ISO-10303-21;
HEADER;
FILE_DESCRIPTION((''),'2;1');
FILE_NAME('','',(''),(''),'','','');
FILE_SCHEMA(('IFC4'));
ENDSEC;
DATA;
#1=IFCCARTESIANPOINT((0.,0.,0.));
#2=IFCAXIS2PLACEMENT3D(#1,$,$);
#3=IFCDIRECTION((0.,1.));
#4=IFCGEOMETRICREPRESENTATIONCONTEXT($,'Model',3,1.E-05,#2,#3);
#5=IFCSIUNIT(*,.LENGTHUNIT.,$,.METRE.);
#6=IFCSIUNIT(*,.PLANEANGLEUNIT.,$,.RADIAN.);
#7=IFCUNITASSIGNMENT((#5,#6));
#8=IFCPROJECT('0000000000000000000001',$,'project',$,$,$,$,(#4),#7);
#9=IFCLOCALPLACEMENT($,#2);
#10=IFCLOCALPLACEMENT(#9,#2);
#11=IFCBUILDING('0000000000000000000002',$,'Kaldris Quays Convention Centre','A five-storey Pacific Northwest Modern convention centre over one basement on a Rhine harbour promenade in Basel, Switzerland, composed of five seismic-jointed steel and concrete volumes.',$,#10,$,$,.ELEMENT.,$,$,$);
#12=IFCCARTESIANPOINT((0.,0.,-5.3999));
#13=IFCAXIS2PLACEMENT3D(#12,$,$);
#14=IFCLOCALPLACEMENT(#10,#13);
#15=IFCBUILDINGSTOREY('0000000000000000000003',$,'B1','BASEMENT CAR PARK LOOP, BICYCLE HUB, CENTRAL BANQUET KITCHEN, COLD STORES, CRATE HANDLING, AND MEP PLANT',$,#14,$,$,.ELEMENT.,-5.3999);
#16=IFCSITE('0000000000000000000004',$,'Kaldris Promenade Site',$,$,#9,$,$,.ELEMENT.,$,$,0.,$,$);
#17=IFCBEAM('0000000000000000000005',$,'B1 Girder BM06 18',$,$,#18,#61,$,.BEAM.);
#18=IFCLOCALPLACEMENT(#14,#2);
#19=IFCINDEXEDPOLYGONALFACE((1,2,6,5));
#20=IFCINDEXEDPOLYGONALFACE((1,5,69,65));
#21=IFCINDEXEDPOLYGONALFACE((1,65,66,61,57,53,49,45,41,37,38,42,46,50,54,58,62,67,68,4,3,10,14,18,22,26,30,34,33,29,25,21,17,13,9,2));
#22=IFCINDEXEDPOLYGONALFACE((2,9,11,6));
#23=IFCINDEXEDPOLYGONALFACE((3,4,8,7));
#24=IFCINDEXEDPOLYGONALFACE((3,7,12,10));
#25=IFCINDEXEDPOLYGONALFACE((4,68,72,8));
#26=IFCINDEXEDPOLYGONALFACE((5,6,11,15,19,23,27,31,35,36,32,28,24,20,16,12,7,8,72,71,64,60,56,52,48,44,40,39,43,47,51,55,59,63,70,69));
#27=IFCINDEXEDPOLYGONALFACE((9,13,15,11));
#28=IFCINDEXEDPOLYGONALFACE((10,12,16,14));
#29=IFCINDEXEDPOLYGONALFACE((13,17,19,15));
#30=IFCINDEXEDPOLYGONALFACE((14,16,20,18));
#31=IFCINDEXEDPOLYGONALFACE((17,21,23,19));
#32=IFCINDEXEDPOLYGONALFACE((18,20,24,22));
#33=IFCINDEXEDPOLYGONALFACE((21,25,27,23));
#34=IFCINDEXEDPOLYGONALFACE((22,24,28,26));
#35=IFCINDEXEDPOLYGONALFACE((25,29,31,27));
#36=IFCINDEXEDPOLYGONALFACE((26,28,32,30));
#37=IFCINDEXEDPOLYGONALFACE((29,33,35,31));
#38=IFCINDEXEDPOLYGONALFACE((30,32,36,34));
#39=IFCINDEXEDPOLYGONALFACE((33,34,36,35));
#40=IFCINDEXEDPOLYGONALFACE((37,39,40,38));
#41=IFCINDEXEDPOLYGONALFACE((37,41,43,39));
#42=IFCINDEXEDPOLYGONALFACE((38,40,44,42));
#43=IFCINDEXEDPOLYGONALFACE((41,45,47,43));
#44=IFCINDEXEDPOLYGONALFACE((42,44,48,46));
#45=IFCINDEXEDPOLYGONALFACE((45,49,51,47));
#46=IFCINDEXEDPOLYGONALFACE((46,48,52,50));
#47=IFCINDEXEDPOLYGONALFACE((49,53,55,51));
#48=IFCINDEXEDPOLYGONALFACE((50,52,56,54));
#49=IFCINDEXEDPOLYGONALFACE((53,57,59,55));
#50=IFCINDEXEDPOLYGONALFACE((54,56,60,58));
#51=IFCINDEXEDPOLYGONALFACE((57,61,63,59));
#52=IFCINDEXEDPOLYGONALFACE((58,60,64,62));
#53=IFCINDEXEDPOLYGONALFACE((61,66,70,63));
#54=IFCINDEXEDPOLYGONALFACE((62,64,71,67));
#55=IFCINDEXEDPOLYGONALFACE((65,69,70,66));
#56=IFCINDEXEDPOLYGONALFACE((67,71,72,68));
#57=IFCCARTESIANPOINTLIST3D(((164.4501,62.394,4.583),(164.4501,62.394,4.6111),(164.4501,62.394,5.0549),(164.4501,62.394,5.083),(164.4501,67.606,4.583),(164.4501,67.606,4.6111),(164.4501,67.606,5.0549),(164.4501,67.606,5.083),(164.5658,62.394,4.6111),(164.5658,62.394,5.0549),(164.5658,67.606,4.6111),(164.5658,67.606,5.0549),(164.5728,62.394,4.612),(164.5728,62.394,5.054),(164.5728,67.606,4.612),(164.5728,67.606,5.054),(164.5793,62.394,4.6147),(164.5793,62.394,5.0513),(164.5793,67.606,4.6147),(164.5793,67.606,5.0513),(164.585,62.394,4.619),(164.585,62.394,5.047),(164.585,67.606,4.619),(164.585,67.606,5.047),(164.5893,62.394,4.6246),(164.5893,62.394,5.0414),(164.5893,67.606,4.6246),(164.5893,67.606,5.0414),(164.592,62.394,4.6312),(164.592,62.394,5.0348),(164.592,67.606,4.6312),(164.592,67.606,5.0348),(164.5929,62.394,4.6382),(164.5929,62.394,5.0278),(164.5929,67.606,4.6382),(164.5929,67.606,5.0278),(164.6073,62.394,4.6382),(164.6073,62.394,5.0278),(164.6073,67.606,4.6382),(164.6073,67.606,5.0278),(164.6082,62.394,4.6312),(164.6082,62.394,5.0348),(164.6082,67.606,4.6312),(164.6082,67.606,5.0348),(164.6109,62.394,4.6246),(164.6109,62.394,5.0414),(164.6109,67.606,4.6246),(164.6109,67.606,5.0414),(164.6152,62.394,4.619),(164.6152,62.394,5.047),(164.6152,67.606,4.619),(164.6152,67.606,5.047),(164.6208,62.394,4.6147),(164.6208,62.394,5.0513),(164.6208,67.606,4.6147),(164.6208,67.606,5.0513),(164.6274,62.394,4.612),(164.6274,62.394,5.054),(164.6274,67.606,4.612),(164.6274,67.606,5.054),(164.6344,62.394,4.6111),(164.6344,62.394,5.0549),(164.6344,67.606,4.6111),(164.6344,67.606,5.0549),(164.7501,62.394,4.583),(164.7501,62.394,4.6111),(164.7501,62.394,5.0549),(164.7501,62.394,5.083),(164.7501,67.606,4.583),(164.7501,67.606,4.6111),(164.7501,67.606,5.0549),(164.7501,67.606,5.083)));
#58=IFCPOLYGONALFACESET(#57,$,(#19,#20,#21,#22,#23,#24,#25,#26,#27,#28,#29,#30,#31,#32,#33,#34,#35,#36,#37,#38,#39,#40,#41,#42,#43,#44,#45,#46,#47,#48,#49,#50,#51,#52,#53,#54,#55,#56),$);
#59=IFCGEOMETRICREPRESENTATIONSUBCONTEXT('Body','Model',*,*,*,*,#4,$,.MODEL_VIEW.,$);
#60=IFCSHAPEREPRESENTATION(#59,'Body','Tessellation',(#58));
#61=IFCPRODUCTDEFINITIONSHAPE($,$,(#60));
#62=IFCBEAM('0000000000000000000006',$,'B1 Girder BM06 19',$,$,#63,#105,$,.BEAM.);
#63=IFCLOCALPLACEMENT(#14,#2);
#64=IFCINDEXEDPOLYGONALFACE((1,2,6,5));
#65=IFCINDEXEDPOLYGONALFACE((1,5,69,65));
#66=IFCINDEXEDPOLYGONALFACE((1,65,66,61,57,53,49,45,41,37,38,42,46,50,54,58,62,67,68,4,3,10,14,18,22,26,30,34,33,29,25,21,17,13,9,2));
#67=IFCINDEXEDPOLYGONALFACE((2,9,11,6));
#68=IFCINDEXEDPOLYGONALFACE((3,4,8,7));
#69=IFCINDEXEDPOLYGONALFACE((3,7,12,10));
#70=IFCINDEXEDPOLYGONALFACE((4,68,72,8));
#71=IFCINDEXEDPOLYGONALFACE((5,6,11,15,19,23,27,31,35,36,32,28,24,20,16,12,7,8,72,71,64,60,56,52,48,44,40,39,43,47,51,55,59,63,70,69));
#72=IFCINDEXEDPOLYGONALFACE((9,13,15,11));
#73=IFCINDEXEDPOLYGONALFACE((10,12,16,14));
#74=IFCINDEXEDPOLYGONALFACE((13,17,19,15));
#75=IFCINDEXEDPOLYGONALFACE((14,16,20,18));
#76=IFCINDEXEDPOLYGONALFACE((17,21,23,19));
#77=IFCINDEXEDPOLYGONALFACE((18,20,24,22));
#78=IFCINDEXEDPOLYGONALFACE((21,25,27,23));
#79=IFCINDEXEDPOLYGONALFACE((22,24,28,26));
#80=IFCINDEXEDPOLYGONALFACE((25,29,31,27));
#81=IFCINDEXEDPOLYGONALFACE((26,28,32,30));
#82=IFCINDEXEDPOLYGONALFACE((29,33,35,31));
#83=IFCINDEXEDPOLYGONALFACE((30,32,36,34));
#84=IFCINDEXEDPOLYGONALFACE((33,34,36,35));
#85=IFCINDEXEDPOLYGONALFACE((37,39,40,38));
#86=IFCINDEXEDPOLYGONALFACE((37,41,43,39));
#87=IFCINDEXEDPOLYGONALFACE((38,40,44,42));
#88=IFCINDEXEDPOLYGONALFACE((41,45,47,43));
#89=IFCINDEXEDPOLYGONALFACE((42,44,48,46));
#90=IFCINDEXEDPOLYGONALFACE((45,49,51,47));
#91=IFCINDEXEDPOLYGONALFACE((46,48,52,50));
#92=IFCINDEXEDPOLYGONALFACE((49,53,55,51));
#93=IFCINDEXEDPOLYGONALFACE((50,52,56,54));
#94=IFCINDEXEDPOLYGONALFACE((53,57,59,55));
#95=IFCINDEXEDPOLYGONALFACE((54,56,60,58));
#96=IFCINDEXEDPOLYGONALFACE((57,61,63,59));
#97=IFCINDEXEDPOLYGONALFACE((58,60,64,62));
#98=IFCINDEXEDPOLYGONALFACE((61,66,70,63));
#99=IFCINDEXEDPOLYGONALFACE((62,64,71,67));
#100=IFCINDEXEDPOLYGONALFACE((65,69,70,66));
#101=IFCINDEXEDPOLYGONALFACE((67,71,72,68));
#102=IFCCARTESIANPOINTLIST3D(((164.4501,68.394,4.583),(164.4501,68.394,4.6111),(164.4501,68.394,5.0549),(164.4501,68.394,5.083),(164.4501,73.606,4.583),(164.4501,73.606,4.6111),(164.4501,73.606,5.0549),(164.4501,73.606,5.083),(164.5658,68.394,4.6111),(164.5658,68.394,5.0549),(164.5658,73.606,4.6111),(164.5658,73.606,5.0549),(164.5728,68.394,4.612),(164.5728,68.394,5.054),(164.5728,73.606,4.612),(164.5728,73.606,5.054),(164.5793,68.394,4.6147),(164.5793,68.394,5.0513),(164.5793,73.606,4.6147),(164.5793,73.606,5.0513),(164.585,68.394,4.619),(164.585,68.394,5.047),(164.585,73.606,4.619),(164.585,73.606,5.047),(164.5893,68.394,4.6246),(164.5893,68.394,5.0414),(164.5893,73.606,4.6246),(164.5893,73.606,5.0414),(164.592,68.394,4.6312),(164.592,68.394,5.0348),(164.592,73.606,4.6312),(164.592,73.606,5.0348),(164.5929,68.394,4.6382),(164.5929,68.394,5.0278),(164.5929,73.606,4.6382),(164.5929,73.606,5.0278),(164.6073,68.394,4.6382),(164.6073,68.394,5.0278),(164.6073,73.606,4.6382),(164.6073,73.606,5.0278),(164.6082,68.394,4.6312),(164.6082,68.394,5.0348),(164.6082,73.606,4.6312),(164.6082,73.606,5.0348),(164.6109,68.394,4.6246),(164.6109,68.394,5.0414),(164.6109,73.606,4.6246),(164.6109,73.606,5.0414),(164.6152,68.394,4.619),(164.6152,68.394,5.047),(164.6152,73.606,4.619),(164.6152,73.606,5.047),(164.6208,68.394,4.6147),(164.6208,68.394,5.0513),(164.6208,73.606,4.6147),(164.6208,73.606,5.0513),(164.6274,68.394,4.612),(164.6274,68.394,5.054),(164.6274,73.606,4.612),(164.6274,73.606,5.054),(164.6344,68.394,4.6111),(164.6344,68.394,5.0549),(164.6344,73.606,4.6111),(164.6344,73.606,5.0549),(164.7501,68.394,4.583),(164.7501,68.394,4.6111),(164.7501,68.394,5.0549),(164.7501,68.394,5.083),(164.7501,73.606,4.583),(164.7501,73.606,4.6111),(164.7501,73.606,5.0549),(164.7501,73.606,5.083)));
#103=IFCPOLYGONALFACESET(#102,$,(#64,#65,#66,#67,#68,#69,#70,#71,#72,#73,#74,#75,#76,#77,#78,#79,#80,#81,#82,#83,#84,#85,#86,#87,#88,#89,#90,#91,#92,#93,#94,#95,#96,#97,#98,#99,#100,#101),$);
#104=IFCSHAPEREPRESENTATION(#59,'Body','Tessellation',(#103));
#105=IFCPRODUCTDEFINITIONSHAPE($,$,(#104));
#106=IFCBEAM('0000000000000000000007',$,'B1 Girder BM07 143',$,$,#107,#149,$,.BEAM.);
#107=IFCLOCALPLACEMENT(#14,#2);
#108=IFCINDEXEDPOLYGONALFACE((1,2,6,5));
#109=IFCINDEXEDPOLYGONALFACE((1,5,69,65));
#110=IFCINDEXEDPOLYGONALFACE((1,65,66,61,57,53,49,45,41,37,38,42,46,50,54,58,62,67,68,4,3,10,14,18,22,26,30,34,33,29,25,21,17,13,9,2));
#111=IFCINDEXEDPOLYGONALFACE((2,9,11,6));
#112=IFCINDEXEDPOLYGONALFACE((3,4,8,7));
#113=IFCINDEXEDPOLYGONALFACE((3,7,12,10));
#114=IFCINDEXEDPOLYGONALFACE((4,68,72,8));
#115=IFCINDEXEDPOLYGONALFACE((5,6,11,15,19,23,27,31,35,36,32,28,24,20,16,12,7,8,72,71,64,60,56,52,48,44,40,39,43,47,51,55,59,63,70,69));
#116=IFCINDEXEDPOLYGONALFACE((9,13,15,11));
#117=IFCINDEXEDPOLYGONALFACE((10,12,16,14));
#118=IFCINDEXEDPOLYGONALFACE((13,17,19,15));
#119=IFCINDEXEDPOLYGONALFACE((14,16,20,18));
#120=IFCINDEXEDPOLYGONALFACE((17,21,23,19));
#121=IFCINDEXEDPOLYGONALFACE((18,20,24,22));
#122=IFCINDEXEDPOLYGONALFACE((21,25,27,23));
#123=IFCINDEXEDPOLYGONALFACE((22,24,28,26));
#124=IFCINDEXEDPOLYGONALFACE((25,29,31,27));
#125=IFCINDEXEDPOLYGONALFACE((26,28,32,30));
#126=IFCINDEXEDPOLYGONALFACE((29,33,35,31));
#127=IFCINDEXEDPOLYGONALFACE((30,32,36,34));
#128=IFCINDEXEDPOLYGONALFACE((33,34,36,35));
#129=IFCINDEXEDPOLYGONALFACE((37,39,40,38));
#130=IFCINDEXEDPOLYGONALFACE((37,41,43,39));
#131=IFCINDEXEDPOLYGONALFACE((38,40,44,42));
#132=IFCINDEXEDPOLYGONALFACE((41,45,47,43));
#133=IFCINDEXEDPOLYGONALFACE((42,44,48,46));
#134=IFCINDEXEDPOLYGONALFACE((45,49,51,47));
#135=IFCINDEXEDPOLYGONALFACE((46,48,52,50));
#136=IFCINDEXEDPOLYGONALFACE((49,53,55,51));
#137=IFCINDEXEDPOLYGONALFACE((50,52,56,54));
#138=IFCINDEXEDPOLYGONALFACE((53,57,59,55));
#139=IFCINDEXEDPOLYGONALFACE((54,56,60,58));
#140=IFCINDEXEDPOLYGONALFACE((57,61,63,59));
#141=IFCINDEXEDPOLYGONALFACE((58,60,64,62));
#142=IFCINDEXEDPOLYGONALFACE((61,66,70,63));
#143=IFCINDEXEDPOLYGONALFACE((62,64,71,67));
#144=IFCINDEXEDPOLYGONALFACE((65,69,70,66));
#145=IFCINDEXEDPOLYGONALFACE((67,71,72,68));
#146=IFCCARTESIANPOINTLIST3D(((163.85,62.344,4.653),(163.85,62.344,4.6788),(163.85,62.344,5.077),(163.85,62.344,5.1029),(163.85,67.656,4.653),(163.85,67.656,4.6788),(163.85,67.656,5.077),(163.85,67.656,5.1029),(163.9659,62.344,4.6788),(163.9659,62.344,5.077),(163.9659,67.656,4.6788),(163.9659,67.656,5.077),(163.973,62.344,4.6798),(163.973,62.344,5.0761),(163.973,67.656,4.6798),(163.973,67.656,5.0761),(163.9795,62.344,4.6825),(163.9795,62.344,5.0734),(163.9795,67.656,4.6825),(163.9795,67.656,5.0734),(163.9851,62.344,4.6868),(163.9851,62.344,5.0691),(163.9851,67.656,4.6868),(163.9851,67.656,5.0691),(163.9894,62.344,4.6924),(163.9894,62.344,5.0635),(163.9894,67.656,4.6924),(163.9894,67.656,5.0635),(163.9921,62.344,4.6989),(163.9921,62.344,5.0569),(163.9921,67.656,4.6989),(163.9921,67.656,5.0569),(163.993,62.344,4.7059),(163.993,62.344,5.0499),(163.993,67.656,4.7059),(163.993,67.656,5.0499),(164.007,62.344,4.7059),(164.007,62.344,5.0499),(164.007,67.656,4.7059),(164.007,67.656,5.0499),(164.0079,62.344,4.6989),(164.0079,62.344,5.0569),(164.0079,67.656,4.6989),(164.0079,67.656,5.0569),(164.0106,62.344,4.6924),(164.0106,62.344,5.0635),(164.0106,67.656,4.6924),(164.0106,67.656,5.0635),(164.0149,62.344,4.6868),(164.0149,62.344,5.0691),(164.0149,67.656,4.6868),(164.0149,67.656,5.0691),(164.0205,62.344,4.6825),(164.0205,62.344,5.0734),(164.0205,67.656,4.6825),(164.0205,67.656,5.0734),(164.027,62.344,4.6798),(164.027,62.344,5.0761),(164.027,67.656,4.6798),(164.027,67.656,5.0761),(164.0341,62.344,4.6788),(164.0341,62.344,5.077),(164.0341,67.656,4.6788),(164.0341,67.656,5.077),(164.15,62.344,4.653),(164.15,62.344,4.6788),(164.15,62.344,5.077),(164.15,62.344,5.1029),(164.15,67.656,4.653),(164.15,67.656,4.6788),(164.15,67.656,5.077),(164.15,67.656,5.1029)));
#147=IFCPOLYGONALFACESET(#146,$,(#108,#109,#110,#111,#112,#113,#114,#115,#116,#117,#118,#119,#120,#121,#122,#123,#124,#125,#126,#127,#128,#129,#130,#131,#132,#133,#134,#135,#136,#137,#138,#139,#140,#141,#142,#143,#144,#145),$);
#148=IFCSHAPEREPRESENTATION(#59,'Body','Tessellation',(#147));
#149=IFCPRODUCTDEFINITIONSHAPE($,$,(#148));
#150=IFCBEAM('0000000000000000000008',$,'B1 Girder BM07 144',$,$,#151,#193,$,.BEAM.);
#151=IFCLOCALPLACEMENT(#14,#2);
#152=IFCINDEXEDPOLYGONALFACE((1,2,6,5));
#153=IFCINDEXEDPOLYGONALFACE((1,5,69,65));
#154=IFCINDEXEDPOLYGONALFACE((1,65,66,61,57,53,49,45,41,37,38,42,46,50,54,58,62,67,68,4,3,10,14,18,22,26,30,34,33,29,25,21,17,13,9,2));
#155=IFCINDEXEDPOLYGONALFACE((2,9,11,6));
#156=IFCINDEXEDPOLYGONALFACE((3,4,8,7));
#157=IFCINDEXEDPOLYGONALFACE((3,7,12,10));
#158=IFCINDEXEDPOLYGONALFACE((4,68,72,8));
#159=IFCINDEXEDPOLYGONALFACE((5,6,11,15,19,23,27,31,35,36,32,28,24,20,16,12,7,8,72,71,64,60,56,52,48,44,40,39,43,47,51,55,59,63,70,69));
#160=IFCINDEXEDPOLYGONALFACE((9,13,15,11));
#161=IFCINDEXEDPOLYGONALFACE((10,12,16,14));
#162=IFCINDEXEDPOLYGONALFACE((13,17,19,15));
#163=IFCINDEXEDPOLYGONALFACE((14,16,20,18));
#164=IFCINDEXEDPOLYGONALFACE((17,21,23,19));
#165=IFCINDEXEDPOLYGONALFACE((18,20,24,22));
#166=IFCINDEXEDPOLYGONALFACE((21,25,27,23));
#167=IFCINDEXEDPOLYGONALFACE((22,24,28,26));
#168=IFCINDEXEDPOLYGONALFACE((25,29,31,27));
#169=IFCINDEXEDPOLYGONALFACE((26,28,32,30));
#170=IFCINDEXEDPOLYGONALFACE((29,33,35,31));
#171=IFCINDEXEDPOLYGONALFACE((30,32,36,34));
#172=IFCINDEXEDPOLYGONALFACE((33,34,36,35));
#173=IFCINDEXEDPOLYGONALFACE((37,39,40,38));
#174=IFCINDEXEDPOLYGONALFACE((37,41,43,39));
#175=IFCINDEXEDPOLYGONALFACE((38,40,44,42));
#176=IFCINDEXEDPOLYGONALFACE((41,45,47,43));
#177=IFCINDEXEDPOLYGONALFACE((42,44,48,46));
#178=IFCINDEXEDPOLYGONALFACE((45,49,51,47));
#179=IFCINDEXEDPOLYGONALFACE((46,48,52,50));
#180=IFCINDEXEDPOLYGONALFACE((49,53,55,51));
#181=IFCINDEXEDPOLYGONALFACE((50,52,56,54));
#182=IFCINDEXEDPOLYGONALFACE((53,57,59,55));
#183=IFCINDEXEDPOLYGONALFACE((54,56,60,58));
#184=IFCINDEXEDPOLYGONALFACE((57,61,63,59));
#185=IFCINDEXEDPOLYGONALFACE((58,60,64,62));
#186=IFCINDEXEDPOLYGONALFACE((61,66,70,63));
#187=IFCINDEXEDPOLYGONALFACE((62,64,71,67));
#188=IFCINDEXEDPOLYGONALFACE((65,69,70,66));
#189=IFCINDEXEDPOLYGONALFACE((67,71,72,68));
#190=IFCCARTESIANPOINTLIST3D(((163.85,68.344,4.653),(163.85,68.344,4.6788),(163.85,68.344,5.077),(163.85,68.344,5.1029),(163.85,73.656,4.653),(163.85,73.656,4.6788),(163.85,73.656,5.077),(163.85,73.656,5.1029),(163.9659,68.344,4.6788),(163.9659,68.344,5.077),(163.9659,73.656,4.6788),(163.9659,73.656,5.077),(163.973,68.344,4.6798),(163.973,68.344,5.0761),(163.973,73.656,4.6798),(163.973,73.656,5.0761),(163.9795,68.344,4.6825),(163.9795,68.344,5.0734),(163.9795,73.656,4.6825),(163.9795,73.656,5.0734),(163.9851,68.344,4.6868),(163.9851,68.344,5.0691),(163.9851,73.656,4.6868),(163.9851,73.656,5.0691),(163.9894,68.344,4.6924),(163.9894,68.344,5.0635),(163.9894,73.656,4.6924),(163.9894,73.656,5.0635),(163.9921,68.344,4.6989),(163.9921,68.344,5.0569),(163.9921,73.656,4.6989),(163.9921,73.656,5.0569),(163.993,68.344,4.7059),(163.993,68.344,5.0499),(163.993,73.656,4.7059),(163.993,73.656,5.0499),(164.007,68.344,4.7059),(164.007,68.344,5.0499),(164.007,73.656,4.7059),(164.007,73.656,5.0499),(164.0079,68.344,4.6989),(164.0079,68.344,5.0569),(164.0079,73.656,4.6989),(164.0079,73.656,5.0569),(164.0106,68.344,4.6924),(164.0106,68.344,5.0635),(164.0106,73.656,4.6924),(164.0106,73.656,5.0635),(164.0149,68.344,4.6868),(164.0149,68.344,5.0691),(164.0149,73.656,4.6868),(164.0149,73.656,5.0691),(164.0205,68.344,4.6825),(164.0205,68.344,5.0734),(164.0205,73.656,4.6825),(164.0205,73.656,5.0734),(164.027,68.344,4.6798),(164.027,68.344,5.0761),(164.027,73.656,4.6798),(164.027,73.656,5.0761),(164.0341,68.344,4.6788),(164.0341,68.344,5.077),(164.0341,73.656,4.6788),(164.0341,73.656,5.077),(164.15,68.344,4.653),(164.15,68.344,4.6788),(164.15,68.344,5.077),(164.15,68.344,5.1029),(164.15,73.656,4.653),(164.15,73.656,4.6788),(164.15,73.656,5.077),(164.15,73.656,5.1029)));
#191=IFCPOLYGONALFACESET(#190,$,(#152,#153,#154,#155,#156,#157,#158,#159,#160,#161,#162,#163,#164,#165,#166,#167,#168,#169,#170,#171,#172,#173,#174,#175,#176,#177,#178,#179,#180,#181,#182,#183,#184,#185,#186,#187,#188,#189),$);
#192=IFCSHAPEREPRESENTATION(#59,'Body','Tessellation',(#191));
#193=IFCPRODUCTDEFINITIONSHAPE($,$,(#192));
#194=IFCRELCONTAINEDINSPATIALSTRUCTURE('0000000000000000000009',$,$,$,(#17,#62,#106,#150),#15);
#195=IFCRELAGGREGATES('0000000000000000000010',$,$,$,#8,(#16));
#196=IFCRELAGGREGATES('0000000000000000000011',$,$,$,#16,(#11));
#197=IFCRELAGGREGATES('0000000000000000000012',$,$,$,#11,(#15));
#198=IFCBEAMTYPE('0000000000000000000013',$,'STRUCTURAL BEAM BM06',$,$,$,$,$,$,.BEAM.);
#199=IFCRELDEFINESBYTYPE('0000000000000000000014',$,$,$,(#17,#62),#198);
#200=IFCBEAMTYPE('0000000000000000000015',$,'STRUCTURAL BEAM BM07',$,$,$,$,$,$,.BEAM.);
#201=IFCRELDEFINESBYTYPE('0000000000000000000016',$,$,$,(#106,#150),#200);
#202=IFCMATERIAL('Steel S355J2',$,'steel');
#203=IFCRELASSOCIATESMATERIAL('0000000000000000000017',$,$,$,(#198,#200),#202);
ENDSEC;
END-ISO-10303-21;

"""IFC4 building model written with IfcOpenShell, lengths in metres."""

from ifc_helpers import new_model, si_unit, direction, frame, origin, origin_2d, place, context, subcontext, project, spatial, i_section, extrude, material, material_profile, profile_set, type_object, element, save


model = new_model("IFC4")

# Units and contexts
model_context = context("Model", 3, precision=1e-05, world=origin(), true_north=direction((0.0, 1.0)))
body_context = subcontext(model_context, "Body", "Model", "MODEL_VIEW")
ifc_project = project(units=[si_unit("LENGTHUNIT", "METRE"), si_unit("PLANEANGLEUNIT", "RADIAN")], contexts=[model_context])

# Site, building, storey
site_placement = place(None, origin())
site = spatial("IfcSite", under=ifc_project, at=site_placement, Name="Kaldris Promenade Site", CompositionType="ELEMENT", RefElevation=0.0)
building_placement = place(site_placement, origin())
building = spatial("IfcBuilding", under=site, at=building_placement, Name="Kaldris Quays Convention Centre", Description="A five-storey Pacific Northwest Modern convention centre over one basement on a Rhine harbour promenade in Basel, Switzerland, composed of five seismic-jointed steel and concrete volumes.", CompositionType="ELEMENT")
storey_placement = place(building_placement, frame((0.0, 0.0, -5.3999)))
storey = spatial("IfcBuildingStorey", under=building, at=storey_placement, Name="B1", Description="BASEMENT CAR PARK LOOP, BICYCLE HUB, CENTRAL BANQUET KITCHEN, COLD STORES, CRATE HANDLING, AND MEP PLANT", CompositionType="ELEMENT", Elevation=-5.3999)

# Shared definitions
ifc_material_1 = material(Name="Steel S355J2", Category="steel")

# Beams
ifc_material_profile_1 = material_profile(ifc_material_1, i_section(OverallWidth=0.3, OverallDepth=0.5, WebThickness=0.0144, FlangeThickness=0.0281, FilletRadius=0.0271, at=origin_2d()), Name="HEB 500")
ifc_profile_set_1 = profile_set([ifc_material_profile_1], Name="Steel S355J2")
beam_type_1 = type_object("IfcBeamType", Name="STRUCTURAL BEAM BM06", PredefinedType="BEAM", material=ifc_profile_set_1)
for number, where, z_axis, x_axis, name in (
    (1, (164.6001, 62.394, 4.833), (0.0, 1.0, 0.0), (-1.0, 0.0, 0.0), "B1 Girder BM06 18"),
    (2, (164.6001, 68.394, 4.833), (0.0, 1.0, 0.0), (-1.0, 0.0, 0.0), "B1 Girder BM06 19"),
):
    element("IfcBeam", number, at=place(storey_placement, frame(where, z_axis=z_axis, x_axis=x_axis)), inside=storey, type_object=beam_type_1, Name=name, PredefinedType="BEAM", context=body_context, shape_type="SweptSolid", body=[
        extrude(i_section(OverallWidth=0.3, OverallDepth=0.5, WebThickness=0.0144, FlangeThickness=0.0281, FilletRadius=0.0271, at=origin_2d()), origin(), (0.0, 0.0, 1.0), 5.2119),
    ])
ifc_material_profile_2 = material_profile(ifc_material_1, i_section(OverallWidth=0.3, OverallDepth=0.45, WebThickness=0.0139, FlangeThickness=0.0259, FilletRadius=0.0271, at=origin_2d()), Name="HEB 450")
ifc_profile_set_2 = profile_set([ifc_material_profile_2], Name="Steel S355J2")
beam_type_2 = type_object("IfcBeamType", Name="STRUCTURAL BEAM BM07", PredefinedType="BEAM", material=ifc_profile_set_2)
for number, where, z_axis, x_axis, name in (
    (3, (164.0, 62.344, 4.8779), (0.0, 1.0, 0.0), (-1.0, 0.0, 0.0), "B1 Girder BM07 143"),
    (4, (164.0, 68.344, 4.8779), (0.0, 1.0, 0.0), (-1.0, 0.0, 0.0), "B1 Girder BM07 144"),
):
    element("IfcBeam", number, at=place(storey_placement, frame(where, z_axis=z_axis, x_axis=x_axis)), inside=storey, type_object=beam_type_2, Name=name, PredefinedType="BEAM", context=body_context, shape_type="SweptSolid", body=[
        extrude(i_section(OverallWidth=0.3, OverallDepth=0.45, WebThickness=0.0139, FlangeThickness=0.0259, FilletRadius=0.0271, at=origin_2d()), origin(), (0.0, 0.0, 1.0), 5.312),
    ])

save(model, "model.ifc")
